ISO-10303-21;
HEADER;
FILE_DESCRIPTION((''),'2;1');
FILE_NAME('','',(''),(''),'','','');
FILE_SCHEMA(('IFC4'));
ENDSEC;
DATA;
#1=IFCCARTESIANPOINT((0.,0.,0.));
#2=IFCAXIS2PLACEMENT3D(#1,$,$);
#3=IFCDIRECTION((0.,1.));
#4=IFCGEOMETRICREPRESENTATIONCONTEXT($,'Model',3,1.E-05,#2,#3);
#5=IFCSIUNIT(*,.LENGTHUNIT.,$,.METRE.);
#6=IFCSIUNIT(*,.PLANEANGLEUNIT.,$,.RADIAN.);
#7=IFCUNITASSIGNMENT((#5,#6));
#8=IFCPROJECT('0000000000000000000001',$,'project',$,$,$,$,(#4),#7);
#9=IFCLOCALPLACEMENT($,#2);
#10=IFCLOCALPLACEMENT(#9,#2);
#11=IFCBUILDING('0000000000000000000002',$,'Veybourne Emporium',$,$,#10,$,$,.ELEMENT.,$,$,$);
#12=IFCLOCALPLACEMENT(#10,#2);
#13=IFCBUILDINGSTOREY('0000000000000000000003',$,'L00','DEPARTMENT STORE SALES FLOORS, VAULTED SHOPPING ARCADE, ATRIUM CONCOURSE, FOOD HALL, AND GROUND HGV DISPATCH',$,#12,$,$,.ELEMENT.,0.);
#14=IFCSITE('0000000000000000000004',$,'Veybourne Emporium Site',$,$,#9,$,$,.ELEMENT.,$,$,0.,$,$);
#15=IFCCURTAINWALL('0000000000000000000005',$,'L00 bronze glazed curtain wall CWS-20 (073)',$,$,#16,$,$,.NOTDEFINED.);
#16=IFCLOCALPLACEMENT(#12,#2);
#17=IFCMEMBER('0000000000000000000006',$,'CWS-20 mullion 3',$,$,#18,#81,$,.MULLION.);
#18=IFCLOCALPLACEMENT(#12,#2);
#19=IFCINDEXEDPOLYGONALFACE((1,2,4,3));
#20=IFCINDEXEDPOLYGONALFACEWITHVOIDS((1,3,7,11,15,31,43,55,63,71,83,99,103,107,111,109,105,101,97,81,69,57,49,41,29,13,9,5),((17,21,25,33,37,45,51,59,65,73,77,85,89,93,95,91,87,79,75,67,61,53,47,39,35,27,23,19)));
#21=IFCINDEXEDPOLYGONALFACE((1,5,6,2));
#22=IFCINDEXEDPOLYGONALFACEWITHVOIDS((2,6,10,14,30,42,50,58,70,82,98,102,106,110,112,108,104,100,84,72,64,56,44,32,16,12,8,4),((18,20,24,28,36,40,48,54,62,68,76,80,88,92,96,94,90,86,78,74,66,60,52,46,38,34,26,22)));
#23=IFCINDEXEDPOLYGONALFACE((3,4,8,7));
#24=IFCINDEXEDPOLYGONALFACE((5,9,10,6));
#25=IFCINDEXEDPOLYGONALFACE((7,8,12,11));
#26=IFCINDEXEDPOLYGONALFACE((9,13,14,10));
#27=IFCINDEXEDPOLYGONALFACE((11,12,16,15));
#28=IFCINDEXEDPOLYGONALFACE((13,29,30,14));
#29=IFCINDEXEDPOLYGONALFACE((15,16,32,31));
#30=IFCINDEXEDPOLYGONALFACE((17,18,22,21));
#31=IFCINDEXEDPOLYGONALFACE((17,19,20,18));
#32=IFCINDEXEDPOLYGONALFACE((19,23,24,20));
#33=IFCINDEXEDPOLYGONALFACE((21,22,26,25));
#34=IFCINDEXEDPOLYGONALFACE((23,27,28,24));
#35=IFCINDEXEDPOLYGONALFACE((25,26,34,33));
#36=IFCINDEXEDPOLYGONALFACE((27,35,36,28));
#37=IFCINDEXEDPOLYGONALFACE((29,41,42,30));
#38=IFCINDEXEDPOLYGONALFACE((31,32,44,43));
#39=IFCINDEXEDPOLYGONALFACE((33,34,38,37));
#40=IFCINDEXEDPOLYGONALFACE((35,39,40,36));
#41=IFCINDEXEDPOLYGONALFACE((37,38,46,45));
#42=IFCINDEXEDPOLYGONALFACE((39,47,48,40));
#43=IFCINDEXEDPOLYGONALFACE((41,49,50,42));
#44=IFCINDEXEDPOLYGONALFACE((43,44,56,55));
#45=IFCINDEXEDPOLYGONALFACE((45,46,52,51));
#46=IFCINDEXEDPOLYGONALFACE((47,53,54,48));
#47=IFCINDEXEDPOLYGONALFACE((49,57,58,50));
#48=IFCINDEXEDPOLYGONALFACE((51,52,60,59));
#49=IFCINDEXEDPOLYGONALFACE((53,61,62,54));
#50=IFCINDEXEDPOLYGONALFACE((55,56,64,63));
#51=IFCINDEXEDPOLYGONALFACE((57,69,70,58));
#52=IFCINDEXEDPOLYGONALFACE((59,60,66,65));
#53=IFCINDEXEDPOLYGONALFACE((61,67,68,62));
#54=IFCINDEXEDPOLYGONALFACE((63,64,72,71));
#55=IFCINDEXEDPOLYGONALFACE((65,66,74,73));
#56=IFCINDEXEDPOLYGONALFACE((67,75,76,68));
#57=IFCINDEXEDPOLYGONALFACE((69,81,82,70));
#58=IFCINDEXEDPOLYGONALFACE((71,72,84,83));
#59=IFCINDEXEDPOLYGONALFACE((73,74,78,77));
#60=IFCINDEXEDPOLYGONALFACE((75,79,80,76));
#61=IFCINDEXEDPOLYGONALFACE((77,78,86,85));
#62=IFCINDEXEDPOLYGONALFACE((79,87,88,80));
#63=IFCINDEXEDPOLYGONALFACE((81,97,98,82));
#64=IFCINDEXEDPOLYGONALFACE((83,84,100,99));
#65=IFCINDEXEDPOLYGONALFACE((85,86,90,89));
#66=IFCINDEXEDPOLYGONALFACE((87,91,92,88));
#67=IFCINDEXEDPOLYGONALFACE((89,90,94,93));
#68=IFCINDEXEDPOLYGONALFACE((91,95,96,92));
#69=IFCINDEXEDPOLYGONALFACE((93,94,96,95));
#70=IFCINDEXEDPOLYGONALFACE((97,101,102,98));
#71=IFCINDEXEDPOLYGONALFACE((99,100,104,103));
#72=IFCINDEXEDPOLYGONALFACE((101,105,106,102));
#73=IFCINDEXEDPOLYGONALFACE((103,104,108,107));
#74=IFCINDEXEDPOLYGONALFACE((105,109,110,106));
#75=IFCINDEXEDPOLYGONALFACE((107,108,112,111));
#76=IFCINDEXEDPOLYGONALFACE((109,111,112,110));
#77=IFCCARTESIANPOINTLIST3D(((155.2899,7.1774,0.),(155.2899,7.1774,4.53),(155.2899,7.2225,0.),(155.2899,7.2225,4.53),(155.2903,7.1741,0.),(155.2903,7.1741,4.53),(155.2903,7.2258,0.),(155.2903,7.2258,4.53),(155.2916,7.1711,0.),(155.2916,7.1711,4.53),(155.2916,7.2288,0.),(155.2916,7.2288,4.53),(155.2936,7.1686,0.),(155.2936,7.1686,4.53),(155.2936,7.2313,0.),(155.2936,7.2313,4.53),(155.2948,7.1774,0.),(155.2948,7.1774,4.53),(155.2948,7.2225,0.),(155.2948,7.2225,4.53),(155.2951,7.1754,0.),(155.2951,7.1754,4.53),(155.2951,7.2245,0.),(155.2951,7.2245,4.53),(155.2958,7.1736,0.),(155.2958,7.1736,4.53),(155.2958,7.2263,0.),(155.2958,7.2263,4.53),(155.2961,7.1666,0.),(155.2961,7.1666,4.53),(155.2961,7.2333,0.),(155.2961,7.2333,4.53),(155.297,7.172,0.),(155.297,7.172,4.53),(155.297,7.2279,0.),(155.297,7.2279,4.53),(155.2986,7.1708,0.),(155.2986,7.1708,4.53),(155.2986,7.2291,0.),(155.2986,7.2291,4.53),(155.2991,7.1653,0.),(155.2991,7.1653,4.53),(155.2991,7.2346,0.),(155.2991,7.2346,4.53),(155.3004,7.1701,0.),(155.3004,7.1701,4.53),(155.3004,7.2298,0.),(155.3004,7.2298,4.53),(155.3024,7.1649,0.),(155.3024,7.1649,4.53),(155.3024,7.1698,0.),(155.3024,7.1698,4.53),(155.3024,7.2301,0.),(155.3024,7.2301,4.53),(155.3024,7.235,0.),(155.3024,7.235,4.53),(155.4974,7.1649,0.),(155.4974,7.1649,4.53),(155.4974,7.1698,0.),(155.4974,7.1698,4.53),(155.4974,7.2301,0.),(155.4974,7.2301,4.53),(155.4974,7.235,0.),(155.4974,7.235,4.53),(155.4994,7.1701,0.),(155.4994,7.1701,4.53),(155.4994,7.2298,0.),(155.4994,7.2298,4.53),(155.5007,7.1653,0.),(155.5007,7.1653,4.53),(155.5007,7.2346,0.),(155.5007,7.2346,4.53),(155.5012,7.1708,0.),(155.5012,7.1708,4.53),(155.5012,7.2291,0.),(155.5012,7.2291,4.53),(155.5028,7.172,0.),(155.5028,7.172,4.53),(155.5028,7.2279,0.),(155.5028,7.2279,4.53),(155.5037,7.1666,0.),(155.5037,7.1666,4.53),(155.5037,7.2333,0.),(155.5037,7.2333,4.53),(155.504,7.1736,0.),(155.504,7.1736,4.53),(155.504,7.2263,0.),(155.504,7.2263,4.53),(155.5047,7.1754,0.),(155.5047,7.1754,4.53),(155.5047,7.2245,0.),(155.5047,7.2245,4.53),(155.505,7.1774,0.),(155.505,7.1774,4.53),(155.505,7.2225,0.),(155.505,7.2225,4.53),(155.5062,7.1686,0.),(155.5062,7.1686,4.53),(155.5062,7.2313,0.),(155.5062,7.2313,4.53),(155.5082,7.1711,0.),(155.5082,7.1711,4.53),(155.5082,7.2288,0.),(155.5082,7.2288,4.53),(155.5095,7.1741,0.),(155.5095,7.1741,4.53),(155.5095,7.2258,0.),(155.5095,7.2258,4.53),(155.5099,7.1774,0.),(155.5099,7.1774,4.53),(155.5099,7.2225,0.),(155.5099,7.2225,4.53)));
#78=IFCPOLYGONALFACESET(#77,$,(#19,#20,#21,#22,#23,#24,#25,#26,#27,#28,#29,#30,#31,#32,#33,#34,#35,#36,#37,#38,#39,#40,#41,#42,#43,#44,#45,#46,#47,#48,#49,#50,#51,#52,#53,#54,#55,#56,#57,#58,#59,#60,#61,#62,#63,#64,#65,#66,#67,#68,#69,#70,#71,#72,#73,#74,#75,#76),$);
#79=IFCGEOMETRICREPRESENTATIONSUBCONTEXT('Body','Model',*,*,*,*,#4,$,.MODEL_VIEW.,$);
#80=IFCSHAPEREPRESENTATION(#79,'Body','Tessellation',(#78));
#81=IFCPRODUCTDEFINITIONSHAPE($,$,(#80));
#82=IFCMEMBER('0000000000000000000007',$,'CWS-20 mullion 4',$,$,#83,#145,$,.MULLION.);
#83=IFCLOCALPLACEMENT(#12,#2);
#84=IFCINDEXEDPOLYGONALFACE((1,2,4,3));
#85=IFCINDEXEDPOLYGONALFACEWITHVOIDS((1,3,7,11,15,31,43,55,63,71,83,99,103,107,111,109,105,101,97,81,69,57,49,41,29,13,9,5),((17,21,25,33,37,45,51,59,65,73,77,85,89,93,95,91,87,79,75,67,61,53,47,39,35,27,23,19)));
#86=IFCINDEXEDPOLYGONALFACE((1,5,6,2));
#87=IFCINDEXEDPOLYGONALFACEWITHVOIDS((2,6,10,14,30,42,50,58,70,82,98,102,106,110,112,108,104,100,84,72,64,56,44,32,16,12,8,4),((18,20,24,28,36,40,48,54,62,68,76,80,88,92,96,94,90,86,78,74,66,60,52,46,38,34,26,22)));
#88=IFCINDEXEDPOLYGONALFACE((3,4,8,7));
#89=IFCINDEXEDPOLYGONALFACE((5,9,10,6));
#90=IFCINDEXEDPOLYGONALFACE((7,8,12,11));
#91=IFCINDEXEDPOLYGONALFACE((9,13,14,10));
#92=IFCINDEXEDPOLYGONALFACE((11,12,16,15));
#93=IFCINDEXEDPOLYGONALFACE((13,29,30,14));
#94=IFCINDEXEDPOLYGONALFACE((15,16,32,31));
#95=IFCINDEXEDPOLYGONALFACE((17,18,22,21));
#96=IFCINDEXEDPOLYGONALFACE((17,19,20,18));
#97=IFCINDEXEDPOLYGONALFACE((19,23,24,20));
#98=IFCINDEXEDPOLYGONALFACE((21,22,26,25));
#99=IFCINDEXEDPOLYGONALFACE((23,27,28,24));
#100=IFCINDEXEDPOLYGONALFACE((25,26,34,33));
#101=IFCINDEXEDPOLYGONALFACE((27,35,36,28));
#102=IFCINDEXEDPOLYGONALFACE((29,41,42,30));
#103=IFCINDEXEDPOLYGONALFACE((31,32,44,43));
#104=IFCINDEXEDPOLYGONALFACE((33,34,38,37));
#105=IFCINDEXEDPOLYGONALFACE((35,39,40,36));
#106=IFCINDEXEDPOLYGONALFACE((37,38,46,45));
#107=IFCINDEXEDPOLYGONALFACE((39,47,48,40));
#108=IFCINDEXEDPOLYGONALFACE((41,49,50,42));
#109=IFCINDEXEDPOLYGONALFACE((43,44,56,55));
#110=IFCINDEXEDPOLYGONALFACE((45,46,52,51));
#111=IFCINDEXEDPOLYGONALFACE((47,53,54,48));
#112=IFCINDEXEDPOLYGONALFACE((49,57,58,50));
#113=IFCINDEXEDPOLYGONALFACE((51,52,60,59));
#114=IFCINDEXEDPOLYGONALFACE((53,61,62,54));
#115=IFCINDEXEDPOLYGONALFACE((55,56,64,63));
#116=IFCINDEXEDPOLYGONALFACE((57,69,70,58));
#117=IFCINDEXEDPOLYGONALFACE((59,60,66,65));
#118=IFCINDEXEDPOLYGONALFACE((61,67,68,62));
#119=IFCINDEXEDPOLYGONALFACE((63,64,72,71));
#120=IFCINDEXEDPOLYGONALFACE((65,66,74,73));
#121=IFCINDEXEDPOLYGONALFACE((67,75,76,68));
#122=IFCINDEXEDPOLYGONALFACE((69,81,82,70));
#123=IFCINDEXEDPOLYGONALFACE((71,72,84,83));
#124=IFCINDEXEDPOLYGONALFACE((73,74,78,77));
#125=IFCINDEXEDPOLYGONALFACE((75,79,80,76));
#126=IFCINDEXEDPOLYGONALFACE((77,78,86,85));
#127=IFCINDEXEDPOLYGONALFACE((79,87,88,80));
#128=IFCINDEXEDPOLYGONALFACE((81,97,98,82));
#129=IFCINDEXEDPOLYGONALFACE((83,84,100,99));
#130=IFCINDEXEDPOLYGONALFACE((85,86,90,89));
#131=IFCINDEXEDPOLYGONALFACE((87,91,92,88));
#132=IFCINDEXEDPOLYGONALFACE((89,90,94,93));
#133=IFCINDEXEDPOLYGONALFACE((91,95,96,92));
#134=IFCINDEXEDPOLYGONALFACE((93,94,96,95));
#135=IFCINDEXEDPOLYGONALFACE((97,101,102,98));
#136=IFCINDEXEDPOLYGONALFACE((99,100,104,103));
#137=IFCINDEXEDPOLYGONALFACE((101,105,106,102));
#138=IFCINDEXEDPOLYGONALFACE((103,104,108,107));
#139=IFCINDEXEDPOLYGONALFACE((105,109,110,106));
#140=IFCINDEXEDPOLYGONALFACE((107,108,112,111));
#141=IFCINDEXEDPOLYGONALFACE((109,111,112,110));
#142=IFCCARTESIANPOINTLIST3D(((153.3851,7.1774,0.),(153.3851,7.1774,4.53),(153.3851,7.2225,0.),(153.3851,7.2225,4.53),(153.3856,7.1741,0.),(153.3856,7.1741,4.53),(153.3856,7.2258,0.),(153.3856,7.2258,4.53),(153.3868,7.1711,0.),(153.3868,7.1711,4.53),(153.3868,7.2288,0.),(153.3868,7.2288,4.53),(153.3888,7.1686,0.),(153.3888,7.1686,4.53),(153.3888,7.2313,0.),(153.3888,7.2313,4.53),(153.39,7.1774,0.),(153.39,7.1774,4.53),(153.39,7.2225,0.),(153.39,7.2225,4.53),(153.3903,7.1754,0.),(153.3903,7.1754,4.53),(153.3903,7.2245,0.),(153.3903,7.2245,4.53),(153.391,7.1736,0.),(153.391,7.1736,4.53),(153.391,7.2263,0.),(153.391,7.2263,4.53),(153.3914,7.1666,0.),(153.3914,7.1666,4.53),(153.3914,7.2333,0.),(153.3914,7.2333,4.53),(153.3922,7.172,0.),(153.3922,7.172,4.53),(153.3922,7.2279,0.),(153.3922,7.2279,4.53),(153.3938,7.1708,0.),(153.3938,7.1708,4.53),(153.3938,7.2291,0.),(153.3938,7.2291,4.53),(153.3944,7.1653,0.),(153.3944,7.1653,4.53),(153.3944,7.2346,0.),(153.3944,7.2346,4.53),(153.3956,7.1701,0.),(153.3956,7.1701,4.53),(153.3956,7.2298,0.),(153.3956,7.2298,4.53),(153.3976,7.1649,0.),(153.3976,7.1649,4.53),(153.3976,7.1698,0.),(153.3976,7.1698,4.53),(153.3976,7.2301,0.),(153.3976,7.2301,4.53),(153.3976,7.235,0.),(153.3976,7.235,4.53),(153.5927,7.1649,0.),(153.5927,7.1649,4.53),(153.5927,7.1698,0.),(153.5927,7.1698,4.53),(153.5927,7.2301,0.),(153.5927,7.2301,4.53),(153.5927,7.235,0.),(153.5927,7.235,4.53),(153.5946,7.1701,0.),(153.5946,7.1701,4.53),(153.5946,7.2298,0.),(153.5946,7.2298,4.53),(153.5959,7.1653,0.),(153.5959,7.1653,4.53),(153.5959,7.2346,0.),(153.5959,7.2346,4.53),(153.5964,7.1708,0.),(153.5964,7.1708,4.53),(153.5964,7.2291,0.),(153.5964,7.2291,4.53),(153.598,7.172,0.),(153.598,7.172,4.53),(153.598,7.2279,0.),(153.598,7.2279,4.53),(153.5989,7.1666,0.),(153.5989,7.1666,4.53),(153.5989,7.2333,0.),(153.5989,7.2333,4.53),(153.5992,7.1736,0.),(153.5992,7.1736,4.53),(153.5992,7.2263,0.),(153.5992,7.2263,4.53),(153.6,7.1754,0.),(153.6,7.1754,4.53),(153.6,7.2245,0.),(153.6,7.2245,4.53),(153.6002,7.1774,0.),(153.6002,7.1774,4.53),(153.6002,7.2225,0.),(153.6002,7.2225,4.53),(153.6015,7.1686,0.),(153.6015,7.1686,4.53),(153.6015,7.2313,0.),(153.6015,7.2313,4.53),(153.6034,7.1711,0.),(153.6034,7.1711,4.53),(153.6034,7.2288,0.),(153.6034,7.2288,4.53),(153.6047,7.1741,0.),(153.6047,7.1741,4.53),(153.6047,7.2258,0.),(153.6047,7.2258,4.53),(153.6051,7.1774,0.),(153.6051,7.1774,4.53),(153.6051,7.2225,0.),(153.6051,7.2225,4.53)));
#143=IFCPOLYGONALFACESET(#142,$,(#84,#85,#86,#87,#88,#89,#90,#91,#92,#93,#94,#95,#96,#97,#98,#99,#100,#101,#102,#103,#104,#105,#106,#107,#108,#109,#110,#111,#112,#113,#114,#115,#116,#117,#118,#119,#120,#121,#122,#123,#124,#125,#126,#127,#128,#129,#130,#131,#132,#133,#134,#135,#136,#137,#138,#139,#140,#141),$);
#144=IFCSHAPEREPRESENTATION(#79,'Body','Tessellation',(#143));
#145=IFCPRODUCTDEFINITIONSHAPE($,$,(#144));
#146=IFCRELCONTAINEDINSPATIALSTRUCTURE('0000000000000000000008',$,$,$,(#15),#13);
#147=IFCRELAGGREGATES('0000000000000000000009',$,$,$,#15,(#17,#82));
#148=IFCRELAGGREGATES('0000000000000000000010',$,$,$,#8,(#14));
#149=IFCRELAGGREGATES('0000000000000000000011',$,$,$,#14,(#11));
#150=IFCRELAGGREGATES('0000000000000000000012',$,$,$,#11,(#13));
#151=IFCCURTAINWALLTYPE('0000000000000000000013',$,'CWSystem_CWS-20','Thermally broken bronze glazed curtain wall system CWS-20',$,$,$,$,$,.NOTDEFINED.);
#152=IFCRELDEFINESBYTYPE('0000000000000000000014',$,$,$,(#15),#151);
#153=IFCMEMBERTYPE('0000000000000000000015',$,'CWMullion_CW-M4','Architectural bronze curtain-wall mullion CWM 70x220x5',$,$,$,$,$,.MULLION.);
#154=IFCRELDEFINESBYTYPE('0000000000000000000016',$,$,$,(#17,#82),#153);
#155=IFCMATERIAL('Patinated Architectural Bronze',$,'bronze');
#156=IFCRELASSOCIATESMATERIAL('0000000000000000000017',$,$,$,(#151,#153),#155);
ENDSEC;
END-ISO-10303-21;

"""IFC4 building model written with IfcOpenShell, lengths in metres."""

from ifc_helpers import new_model, si_unit, direction, frame, origin, origin_2d, place, context, subcontext, project, spatial, hollow_rectangle, extrude, material, material_profile, profile_set, type_object, element, aggregate, save


model = new_model("IFC4")

# Units and contexts
model_context = context("Model", 3, precision=1e-05, world=origin(), true_north=direction((0.0, 1.0)))
body_context = subcontext(model_context, "Body", "Model", "MODEL_VIEW")
ifc_project = project(units=[si_unit("LENGTHUNIT", "METRE"), si_unit("PLANEANGLEUNIT", "RADIAN")], contexts=[model_context])

# Site, building, storey
site_placement = place(None, origin())
site = spatial("IfcSite", under=ifc_project, at=site_placement, Name="Veybourne Emporium Site", CompositionType="ELEMENT", RefElevation=0.0)
building_placement = place(site_placement, origin())
building = spatial("IfcBuilding", under=site, at=building_placement, Name="Veybourne Emporium", CompositionType="ELEMENT")
storey_placement = place(building_placement, origin())
storey = spatial("IfcBuildingStorey", under=building, at=storey_placement, Name="L00", Description="DEPARTMENT STORE SALES FLOORS, VAULTED SHOPPING ARCADE, ATRIUM CONCOURSE, FOOD HALL, AND GROUND HGV DISPATCH", CompositionType="ELEMENT", Elevation=0.0)

# Curtain wall, members
ifc_material_1 = material(Name="Patinated Architectural Bronze", Category="bronze")
curtain_wall_type_1 = type_object("IfcCurtainWallType", Name="CWSystem_CWS-20", Description="Thermally broken bronze glazed curtain wall system CWS-20", PredefinedType="NOTDEFINED", material=ifc_material_1)
curtain_wall_1_placement = place(storey_placement, origin())
curtain_wall_1 = element("IfcCurtainWall", 1, at=curtain_wall_1_placement, inside=storey, type_object=curtain_wall_type_1, Name="L00 bronze glazed curtain wall CWS-20 (073)", PredefinedType="NOTDEFINED")
ifc_material_profile_1 = material_profile(ifc_material_1, hollow_rectangle(XDim=0.0701, YDim=0.22, WallThickness=0.0049, InnerFilletRadius=0.0076, OuterFilletRadius=0.0125, at=origin_2d()), Name="CWM 70x220x5")
ifc_profile_set_1 = profile_set([ifc_material_profile_1], Name="Patinated Architectural Bronze")
member_type_1 = type_object("IfcMemberType", Name="CWMullion_CW-M4", Description="Architectural bronze curtain-wall mullion CWM 70x220x5", PredefinedType="MULLION", material=ifc_profile_set_1)
member_1_placement = place(storey_placement, frame((155.3999, 7.2, 0.0), z_axis=(0.0, 0.0, 1.0), x_axis=(0.0, -1.0, 0.0)))
member_1 = element("IfcMember", 2, at=member_1_placement, type_object=member_type_1, Name="CWS-20 mullion 3", PredefinedType="MULLION", context=body_context, shape_type="SweptSolid", body=[
    extrude(hollow_rectangle(XDim=0.0701, YDim=0.22, WallThickness=0.0049, InnerFilletRadius=0.0076, OuterFilletRadius=0.0125, at=origin_2d()), origin(), (0.0, 0.0, 1.0), 4.53),
])
member_2_placement = place(storey_placement, frame((153.4951, 7.2, 0.0), z_axis=(0.0, 0.0, 1.0), x_axis=(0.0, -1.0, 0.0)))
member_2 = element("IfcMember", 3, at=member_2_placement, type_object=member_type_1, Name="CWS-20 mullion 4", PredefinedType="MULLION", context=body_context, shape_type="SweptSolid", body=[
    extrude(hollow_rectangle(XDim=0.0701, YDim=0.22, WallThickness=0.0049, InnerFilletRadius=0.0076, OuterFilletRadius=0.0125, at=origin_2d()), origin(), (0.0, 0.0, 1.0), 4.53),
])

aggregate(curtain_wall_1, [member_1, member_2])

save(model, "model.ifc")
